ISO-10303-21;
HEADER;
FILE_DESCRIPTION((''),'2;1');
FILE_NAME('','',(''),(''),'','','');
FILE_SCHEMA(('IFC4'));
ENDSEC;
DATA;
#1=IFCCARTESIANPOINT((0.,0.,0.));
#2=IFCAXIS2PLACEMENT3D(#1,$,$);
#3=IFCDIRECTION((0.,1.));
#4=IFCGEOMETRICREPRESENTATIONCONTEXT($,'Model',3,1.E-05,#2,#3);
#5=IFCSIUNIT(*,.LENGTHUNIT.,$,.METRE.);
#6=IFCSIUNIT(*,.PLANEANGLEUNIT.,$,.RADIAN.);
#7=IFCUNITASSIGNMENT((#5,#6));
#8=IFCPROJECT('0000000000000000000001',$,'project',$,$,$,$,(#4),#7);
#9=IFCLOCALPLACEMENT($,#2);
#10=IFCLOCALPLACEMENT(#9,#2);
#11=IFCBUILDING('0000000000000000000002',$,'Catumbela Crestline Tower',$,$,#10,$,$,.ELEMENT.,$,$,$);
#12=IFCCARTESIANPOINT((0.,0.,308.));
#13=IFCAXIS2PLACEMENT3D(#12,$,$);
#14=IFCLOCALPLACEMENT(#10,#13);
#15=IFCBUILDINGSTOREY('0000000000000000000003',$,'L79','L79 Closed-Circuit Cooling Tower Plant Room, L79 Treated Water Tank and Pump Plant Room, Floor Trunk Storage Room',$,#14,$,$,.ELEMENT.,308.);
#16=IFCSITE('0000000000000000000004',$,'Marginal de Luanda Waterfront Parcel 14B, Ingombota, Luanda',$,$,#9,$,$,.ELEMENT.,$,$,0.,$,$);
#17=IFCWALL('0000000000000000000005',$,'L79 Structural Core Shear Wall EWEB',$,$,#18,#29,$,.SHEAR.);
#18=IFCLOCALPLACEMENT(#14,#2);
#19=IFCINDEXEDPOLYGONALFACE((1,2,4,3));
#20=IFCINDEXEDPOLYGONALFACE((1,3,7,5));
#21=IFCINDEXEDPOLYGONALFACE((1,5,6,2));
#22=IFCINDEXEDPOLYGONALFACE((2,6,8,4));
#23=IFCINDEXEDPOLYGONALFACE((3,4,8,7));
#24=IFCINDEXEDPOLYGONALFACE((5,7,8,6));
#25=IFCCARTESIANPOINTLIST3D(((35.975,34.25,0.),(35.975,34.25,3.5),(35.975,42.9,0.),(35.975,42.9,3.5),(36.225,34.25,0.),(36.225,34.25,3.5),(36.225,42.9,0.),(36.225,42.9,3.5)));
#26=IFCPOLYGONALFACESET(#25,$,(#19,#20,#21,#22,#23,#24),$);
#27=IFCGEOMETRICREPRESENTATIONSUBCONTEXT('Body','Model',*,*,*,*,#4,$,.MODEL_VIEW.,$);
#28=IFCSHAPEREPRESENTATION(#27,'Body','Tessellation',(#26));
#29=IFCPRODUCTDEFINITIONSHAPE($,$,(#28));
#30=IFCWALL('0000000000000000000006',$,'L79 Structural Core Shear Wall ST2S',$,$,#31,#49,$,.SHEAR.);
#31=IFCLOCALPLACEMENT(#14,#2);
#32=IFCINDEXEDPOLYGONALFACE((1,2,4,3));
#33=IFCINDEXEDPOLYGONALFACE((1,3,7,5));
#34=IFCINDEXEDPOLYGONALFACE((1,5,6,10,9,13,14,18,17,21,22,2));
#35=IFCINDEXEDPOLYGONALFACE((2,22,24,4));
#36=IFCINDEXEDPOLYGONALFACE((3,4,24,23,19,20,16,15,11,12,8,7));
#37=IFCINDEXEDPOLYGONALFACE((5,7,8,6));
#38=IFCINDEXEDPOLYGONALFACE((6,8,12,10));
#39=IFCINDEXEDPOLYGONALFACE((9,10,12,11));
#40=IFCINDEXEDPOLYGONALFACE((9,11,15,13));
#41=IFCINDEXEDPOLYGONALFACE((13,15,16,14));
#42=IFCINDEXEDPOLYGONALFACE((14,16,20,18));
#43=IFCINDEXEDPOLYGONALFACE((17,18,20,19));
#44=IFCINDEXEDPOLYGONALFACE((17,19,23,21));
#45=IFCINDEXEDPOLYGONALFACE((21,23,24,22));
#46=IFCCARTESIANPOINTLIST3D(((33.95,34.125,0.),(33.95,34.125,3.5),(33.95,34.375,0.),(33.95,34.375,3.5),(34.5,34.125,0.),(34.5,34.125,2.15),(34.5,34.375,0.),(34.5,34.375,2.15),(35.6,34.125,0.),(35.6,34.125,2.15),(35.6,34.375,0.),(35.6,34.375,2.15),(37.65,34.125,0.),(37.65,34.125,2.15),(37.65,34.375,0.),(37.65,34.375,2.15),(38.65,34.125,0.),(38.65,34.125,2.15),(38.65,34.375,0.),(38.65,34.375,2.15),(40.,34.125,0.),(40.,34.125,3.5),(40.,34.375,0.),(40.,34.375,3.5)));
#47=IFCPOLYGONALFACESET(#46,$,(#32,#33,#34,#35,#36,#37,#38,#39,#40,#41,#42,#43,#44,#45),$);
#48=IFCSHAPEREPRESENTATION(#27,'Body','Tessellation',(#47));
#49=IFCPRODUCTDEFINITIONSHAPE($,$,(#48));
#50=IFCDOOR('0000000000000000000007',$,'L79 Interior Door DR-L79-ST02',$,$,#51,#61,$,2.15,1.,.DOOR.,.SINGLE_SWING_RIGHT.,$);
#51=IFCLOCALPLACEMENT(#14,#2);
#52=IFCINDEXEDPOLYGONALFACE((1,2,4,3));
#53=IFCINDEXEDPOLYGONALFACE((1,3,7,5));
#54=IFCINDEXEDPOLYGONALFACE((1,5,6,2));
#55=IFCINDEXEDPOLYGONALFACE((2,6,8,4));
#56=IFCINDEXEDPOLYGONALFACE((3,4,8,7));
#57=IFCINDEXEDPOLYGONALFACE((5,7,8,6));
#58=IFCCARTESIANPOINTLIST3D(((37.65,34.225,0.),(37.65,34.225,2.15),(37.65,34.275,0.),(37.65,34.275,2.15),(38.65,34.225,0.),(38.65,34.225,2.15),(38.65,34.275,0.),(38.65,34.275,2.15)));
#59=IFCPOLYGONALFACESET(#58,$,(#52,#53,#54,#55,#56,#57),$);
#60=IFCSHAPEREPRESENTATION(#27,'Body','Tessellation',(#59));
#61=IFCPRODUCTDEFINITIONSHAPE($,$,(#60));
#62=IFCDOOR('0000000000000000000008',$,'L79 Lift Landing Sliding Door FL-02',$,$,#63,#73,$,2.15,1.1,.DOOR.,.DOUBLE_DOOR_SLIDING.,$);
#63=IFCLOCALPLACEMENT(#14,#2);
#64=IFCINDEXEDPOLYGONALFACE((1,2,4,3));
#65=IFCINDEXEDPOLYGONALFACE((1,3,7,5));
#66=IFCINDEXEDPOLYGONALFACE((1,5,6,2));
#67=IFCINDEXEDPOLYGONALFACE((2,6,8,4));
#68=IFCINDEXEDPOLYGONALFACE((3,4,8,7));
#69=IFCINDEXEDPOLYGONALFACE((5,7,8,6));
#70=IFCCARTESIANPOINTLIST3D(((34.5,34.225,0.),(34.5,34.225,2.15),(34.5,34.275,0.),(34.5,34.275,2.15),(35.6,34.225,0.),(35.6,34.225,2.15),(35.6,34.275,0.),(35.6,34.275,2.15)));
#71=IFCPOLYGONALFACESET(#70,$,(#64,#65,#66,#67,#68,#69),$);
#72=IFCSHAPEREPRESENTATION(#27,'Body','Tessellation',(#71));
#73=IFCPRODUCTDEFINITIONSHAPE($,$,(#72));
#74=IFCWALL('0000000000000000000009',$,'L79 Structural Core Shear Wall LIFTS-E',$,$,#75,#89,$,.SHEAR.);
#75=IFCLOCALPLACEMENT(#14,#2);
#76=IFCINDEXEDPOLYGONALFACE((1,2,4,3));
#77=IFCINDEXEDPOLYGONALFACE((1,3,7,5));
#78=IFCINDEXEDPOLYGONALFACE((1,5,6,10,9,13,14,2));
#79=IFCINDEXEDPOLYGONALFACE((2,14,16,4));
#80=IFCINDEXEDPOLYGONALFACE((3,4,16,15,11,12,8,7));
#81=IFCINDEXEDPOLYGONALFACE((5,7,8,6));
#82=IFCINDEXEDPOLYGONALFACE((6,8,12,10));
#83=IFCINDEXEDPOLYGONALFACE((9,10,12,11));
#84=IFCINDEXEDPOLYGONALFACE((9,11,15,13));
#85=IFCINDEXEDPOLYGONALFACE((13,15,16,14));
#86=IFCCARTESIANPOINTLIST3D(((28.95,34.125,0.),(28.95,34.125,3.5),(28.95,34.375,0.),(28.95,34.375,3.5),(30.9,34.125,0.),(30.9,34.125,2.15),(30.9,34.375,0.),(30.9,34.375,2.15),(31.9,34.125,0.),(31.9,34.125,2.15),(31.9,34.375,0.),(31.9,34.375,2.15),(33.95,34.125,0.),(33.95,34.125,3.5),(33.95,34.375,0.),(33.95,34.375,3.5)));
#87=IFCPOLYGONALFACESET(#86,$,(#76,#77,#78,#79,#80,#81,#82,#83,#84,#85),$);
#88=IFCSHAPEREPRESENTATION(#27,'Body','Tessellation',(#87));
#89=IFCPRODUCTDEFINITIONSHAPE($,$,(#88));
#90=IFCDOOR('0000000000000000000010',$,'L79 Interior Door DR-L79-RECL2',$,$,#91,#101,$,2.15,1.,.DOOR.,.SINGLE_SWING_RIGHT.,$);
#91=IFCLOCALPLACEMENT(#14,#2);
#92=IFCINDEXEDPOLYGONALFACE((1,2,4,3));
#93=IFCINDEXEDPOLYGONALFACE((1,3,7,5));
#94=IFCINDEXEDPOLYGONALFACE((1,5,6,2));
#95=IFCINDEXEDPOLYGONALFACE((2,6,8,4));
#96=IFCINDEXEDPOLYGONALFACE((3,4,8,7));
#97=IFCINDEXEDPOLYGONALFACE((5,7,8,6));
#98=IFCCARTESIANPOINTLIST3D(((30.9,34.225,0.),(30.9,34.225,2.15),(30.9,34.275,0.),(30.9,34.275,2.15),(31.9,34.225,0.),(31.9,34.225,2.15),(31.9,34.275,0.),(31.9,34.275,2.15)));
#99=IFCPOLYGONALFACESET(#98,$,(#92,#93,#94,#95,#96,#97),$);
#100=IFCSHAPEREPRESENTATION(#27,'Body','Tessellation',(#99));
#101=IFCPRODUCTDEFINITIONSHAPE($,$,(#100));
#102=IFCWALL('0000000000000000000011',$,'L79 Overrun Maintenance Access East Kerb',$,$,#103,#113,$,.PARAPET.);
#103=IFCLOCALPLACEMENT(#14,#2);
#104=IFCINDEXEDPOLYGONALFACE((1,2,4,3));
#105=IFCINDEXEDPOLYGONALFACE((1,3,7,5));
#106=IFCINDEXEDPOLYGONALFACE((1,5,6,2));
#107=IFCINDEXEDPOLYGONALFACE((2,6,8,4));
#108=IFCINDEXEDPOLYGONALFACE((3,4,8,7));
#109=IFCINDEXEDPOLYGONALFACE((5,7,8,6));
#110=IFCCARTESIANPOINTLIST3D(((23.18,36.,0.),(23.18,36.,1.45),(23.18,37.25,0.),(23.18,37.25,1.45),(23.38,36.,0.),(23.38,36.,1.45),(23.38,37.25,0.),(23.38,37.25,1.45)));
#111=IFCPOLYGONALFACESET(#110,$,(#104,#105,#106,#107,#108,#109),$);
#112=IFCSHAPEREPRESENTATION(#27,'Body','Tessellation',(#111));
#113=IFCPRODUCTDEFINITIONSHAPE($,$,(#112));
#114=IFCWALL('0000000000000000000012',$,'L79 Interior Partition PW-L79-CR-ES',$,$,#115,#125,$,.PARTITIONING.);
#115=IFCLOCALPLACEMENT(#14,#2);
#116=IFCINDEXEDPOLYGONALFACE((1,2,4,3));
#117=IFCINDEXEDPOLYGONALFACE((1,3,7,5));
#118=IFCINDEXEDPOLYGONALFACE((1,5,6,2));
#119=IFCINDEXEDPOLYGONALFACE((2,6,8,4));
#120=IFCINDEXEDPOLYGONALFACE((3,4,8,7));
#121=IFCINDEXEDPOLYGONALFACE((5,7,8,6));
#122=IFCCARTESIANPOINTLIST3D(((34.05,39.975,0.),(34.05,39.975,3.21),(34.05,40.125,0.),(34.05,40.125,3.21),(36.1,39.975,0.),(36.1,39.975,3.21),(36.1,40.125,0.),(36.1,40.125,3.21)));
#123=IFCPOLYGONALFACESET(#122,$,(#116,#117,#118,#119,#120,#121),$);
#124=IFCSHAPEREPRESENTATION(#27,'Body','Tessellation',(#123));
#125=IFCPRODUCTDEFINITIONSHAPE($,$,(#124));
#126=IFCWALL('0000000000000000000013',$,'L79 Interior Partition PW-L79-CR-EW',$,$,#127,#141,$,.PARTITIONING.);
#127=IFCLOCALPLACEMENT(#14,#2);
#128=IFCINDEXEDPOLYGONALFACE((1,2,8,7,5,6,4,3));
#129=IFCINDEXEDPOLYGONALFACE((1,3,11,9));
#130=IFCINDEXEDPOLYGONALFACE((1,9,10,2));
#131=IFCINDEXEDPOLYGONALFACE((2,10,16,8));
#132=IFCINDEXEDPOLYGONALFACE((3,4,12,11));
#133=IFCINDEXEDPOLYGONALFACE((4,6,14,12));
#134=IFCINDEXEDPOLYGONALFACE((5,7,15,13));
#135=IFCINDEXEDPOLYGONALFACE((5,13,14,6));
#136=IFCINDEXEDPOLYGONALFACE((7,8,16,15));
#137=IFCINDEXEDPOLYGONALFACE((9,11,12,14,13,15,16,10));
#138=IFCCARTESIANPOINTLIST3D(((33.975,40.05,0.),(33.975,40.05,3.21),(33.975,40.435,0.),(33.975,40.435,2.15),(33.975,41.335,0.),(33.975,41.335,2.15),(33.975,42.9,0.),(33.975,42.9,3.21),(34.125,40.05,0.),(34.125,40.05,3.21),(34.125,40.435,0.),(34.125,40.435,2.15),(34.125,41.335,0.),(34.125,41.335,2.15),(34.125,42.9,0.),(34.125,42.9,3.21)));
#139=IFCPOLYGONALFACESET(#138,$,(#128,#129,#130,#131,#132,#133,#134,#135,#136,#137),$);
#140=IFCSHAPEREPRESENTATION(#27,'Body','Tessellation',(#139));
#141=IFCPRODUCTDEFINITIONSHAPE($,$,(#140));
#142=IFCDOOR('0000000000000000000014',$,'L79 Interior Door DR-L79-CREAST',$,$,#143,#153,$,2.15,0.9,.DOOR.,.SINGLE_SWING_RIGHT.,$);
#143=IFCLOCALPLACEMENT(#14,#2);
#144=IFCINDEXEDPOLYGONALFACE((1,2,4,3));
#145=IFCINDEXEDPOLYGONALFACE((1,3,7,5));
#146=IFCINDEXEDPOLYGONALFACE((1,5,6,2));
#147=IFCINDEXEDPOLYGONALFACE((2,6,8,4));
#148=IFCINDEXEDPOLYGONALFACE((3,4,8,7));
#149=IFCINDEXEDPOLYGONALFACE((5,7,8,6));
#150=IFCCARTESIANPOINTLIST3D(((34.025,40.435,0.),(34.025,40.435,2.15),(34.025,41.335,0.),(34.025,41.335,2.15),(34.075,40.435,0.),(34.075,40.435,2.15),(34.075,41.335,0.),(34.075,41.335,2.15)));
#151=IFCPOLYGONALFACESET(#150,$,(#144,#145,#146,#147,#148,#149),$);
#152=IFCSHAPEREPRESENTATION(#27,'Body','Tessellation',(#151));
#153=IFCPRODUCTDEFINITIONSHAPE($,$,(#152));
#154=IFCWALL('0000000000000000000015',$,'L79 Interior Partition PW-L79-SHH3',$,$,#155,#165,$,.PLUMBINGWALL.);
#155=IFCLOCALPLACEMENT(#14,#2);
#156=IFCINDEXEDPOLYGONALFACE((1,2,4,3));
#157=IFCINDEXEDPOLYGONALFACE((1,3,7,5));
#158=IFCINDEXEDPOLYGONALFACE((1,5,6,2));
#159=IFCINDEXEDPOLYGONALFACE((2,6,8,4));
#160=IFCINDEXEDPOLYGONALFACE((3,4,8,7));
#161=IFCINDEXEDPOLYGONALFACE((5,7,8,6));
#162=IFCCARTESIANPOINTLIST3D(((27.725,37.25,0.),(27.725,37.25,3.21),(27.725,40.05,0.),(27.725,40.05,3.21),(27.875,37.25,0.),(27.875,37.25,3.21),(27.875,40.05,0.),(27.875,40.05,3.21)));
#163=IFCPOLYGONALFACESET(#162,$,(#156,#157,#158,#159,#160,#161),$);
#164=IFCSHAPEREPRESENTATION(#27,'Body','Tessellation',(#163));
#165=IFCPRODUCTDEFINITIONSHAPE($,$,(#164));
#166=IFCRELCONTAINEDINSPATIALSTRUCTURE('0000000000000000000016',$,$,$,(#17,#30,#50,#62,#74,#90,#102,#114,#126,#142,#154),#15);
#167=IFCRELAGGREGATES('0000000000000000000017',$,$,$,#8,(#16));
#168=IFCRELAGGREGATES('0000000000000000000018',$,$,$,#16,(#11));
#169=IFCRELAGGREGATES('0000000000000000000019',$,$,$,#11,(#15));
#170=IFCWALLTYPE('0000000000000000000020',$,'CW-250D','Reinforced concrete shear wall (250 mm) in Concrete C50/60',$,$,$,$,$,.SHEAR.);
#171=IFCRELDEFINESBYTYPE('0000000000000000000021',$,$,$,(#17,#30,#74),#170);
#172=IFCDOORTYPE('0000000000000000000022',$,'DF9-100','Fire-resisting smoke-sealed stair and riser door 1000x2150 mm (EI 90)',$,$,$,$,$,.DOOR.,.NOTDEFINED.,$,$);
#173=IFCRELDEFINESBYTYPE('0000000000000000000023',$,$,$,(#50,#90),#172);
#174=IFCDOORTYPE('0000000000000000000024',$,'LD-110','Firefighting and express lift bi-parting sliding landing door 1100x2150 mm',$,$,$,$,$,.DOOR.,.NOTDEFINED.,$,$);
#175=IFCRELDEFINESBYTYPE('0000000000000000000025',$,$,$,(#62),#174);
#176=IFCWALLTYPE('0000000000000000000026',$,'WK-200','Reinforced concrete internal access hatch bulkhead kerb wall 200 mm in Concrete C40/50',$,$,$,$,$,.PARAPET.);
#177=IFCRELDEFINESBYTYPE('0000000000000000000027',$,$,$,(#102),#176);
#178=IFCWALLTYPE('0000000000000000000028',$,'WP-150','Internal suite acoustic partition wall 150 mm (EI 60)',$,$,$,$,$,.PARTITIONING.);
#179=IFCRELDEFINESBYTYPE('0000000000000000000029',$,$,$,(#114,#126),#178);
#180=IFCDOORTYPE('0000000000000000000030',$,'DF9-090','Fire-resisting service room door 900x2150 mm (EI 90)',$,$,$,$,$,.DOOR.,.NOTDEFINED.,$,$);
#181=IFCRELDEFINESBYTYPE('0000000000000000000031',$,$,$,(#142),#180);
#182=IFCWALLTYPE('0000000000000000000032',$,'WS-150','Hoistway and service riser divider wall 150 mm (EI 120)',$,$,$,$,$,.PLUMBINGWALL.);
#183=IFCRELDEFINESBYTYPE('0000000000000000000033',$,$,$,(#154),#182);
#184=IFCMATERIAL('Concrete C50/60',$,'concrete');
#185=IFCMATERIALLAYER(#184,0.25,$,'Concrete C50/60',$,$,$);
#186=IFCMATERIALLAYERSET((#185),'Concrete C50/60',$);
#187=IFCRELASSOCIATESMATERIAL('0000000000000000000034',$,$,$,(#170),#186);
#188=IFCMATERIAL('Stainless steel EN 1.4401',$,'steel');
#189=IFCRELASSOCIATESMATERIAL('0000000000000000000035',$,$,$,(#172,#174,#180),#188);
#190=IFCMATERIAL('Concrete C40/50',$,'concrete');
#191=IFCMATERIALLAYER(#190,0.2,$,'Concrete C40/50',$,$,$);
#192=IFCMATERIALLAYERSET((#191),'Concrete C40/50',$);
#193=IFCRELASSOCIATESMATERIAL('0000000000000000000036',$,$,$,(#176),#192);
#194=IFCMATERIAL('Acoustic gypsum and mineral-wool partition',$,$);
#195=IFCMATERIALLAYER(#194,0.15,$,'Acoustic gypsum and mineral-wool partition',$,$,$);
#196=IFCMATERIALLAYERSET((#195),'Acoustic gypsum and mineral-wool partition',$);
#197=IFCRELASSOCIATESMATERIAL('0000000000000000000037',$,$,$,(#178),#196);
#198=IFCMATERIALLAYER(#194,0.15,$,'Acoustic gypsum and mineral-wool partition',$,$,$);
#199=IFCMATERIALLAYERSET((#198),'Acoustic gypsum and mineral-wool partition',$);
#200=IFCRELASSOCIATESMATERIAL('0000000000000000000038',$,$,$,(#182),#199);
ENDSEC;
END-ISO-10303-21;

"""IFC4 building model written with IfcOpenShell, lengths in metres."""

from ifc_helpers import new_model, si_unit, direction, frame, frame_2d, origin, place, context, subcontext, project, spatial, rectangle, extrude, material, layer, layer_set, type_object, element, fill, save


model = new_model("IFC4")

# Units and contexts
model_context = context("Model", 3, precision=1e-05, world=origin(), true_north=direction((0.0, 1.0)))
body_context = subcontext(model_context, "Body", "Model", "MODEL_VIEW")
ifc_project = project(units=[si_unit("LENGTHUNIT", "METRE"), si_unit("PLANEANGLEUNIT", "RADIAN")], contexts=[model_context])

# Site, building, storey
site_placement = place(None, origin())
site = spatial("IfcSite", under=ifc_project, at=site_placement, Name="Marginal de Luanda Waterfront Parcel 14B, Ingombota, Luanda", CompositionType="ELEMENT", RefElevation=0.0)
building_placement = place(site_placement, origin())
building = spatial("IfcBuilding", under=site, at=building_placement, Name="Catumbela Crestline Tower", CompositionType="ELEMENT")
storey_placement = place(building_placement, frame((0.0, 0.0, 308.0)))
storey = spatial("IfcBuildingStorey", under=building, at=storey_placement, Name="L79", Description="L79 Closed-Circuit Cooling Tower Plant Room, L79 Treated Water Tank and Pump Plant Room, Floor Trunk Storage Room", CompositionType="ELEMENT", Elevation=308.0)

# Wall
ifc_material_1 = material(Name="Concrete C50/60", Category="concrete")
ifc_layer_1 = layer(ifc_material_1, 0.25, Name="Concrete C50/60")
ifc_layer_set_1 = layer_set([ifc_layer_1], Name="Concrete C50/60")
wall_type_1 = type_object("IfcWallType", Name="CW-250D", Description="Reinforced concrete shear wall (250 mm) in Concrete C50/60", PredefinedType="SHEAR", material=ifc_layer_set_1)
wall_1_placement = place(storey_placement, frame((36.1, 34.25, 0.0), z_axis=(0.0, 0.0, 1.0), x_axis=(0.0, 1.0, 0.0)))
element("IfcWall", 1, at=wall_1_placement, inside=storey, type_object=wall_type_1, Name="L79 Structural Core Shear Wall EWEB", PredefinedType="SHEAR", context=body_context, shape_type="SweptSolid", body=[
    extrude(rectangle(XDim=8.65, YDim=0.25, at=frame_2d((4.325, 0.0))), origin(), (0.0, 0.0, 1.0), 3.5),
])

# Wall, openings, doors
wall_2_placement = place(storey_placement, frame((33.95, 34.25, 0.0), z_axis=(0.0, 0.0, 1.0), x_axis=(1.0, 0.0, 0.0)))
wall_2 = element("IfcWall", 2, at=wall_2_placement, inside=storey, type_object=wall_type_1, Name="L79 Structural Core Shear Wall ST2S", PredefinedType="SHEAR", context=body_context, shape_type="SweptSolid", body=[
    extrude(rectangle(XDim=6.05, YDim=0.25, at=frame_2d((3.025, 0.0))), origin(), (0.0, 0.0, 1.0), 3.5),
])
opening_1_placement = place(wall_2_placement, frame((3.7, 0.0, 0.0)))
opening_1 = element("IfcOpeningElement", 3, at=opening_1_placement, cuts=wall_2, PredefinedType="OPENING", context=body_context, shape_type="SweptSolid", body=[
    extrude(rectangle(XDim=1.0, YDim=2.15, at=frame_2d((0.5, 1.075))), frame((0.0, 0.135, 0.0), z_axis=(0.0, -1.0, 0.0), x_axis=(1.0, 0.0, 0.0)), (0.0, 0.0, 1.0), 0.27),
])
opening_2_placement = place(wall_2_placement, frame((0.55, 0.0, 0.0)))
opening_2 = element("IfcOpeningElement", 4, at=opening_2_placement, cuts=wall_2, PredefinedType="OPENING", context=body_context, shape_type="SweptSolid", body=[
    extrude(rectangle(XDim=1.1, YDim=2.15, at=frame_2d((0.55, 1.075))), frame((0.0, 0.135, 0.0), z_axis=(0.0, -1.0, 0.0), x_axis=(1.0, 0.0, 0.0)), (0.0, 0.0, 1.0), 0.27),
])
ifc_material_2 = material(Name="Stainless steel EN 1.4401", Category="steel")
door_type_1 = type_object("IfcDoorType", Name="DF9-100", Description="Fire-resisting smoke-sealed stair and riser door 1000x2150 mm (EI 90)", OperationType="NOTDEFINED", PredefinedType="DOOR", material=ifc_material_2)
door_1_placement = place(opening_1_placement, origin())
door_1 = element("IfcDoor", 5, at=door_1_placement, inside=storey, type_object=door_type_1, Name="L79 Interior Door DR-L79-ST02", OperationType="SINGLE_SWING_RIGHT", OverallHeight=2.15, OverallWidth=1.0, PredefinedType="DOOR", context=body_context, shape_type="SweptSolid", body=[
    extrude(rectangle(XDim=1.0, YDim=2.15, at=frame_2d((0.5, 1.075))), frame((0.0, 0.025, 0.0), z_axis=(0.0, -1.0, 0.0), x_axis=(1.0, 0.0, 0.0)), (0.0, 0.0, 1.0), 0.05),
])
fill(opening_1, door_1)
door_type_2 = type_object("IfcDoorType", Name="LD-110", Description="Firefighting and express lift bi-parting sliding landing door 1100x2150 mm", OperationType="NOTDEFINED", PredefinedType="DOOR", material=ifc_material_2)
door_2_placement = place(opening_2_placement, origin())
door_2 = element("IfcDoor", 6, at=door_2_placement, inside=storey, type_object=door_type_2, Name="L79 Lift Landing Sliding Door FL-02", OperationType="DOUBLE_DOOR_SLIDING", OverallHeight=2.15, OverallWidth=1.1, PredefinedType="DOOR", context=body_context, shape_type="SweptSolid", body=[
    extrude(rectangle(XDim=1.1, YDim=2.15, at=frame_2d((0.55, 1.075))), frame((0.0, 0.025, 0.0), z_axis=(0.0, -1.0, 0.0), x_axis=(1.0, 0.0, 0.0)), (0.0, 0.0, 1.0), 0.05),
])
fill(opening_2, door_2)

# Wall, opening, door
wall_3_placement = place(storey_placement, frame((28.95, 34.25, 0.0), z_axis=(0.0, 0.0, 1.0), x_axis=(1.0, 0.0, 0.0)))
wall_3 = element("IfcWall", 7, at=wall_3_placement, inside=storey, type_object=wall_type_1, Name="L79 Structural Core Shear Wall LIFTS-E", PredefinedType="SHEAR", context=body_context, shape_type="SweptSolid", body=[
    extrude(rectangle(XDim=5.0, YDim=0.25, at=frame_2d((2.5, 0.0))), origin(), (0.0, 0.0, 1.0), 3.5),
])
opening_3_placement = place(wall_3_placement, frame((1.95, 0.0, 0.0)))
opening_3 = element("IfcOpeningElement", 8, at=opening_3_placement, cuts=wall_3, PredefinedType="OPENING", context=body_context, shape_type="SweptSolid", body=[
    extrude(rectangle(XDim=1.0, YDim=2.15, at=frame_2d((0.5, 1.075))), frame((0.0, 0.135, 0.0), z_axis=(0.0, -1.0, 0.0), x_axis=(1.0, 0.0, 0.0)), (0.0, 0.0, 1.0), 0.27),
])
door_3_placement = place(opening_3_placement, origin())
door_3 = element("IfcDoor", 9, at=door_3_placement, inside=storey, type_object=door_type_1, Name="L79 Interior Door DR-L79-RECL2", OperationType="SINGLE_SWING_RIGHT", OverallHeight=2.15, OverallWidth=1.0, PredefinedType="DOOR", context=body_context, shape_type="SweptSolid", body=[
    extrude(rectangle(XDim=1.0, YDim=2.15, at=frame_2d((0.5, 1.075))), frame((0.0, 0.025, 0.0), z_axis=(0.0, -1.0, 0.0), x_axis=(1.0, 0.0, 0.0)), (0.0, 0.0, 1.0), 0.05),
])
fill(opening_3, door_3)

# Walls
ifc_material_3 = material(Name="Concrete C40/50", Category="concrete")
ifc_layer_2 = layer(ifc_material_3, 0.2, Name="Concrete C40/50")
ifc_layer_set_2 = layer_set([ifc_layer_2], Name="Concrete C40/50")
wall_type_2 = type_object("IfcWallType", Name="WK-200", Description="Reinforced concrete internal access hatch bulkhead kerb wall 200 mm in Concrete C40/50", PredefinedType="PARAPET", material=ifc_layer_set_2)
wall_4_placement = place(storey_placement, frame((23.28, 36.0, 0.0), z_axis=(0.0, 0.0, 1.0), x_axis=(0.0, 1.0, 0.0)))
element("IfcWall", 10, at=wall_4_placement, inside=storey, type_object=wall_type_2, Name="L79 Overrun Maintenance Access East Kerb", PredefinedType="PARAPET", context=body_context, shape_type="SweptSolid", body=[
    extrude(rectangle(XDim=1.25, YDim=0.2, at=frame_2d((0.625, 0.0))), origin(), (0.0, 0.0, 1.0), 1.45),
])
ifc_material_4 = material(Name="Acoustic gypsum and mineral-wool partition")
ifc_layer_3 = layer(ifc_material_4, 0.15, Name="Acoustic gypsum and mineral-wool partition")
ifc_layer_set_3 = layer_set([ifc_layer_3], Name="Acoustic gypsum and mineral-wool partition")
wall_type_3 = type_object("IfcWallType", Name="WP-150", Description="Internal suite acoustic partition wall 150 mm (EI 60)", PredefinedType="PARTITIONING", material=ifc_layer_set_3)
wall_5_placement = place(storey_placement, frame((34.05, 40.05, 0.0), z_axis=(0.0, 0.0, 1.0), x_axis=(1.0, 0.0, 0.0)))
element("IfcWall", 11, at=wall_5_placement, inside=storey, type_object=wall_type_3, Name="L79 Interior Partition PW-L79-CR-ES", PredefinedType="PARTITIONING", context=body_context, shape_type="SweptSolid", body=[
    extrude(rectangle(XDim=2.05, YDim=0.15, at=frame_2d((1.025, 0.0))), origin(), (0.0, 0.0, 1.0), 3.21),
])

# Wall, opening, door
wall_6_placement = place(storey_placement, frame((34.05, 40.05, 0.0), z_axis=(0.0, 0.0, 1.0), x_axis=(0.0, 1.0, 0.0)))
wall_6 = element("IfcWall", 12, at=wall_6_placement, inside=storey, type_object=wall_type_3, Name="L79 Interior Partition PW-L79-CR-EW", PredefinedType="PARTITIONING", context=body_context, shape_type="SweptSolid", body=[
    extrude(rectangle(XDim=2.85, YDim=0.15, at=frame_2d((1.425, 0.0))), origin(), (0.0, 0.0, 1.0), 3.21),
])
opening_4_placement = place(wall_6_placement, frame((0.385, 0.0, 0.0)))
opening_4 = element("IfcOpeningElement", 13, at=opening_4_placement, cuts=wall_6, PredefinedType="OPENING", context=body_context, shape_type="SweptSolid", body=[
    extrude(rectangle(XDim=0.9, YDim=2.15, at=frame_2d((0.45, 1.075))), frame((0.0, 0.085, 0.0), z_axis=(0.0, -1.0, 0.0), x_axis=(1.0, 0.0, 0.0)), (0.0, 0.0, 1.0), 0.17),
])
door_type_3 = type_object("IfcDoorType", Name="DF9-090", Description="Fire-resisting service room door 900x2150 mm (EI 90)", OperationType="NOTDEFINED", PredefinedType="DOOR", material=ifc_material_2)
door_4_placement = place(opening_4_placement, origin())
door_4 = element("IfcDoor", 14, at=door_4_placement, inside=storey, type_object=door_type_3, Name="L79 Interior Door DR-L79-CREAST", OperationType="SINGLE_SWING_RIGHT", OverallHeight=2.15, OverallWidth=0.9, PredefinedType="DOOR", context=body_context, shape_type="SweptSolid", body=[
    extrude(rectangle(XDim=0.9, YDim=2.15, at=frame_2d((0.45, 1.075))), frame((0.0, 0.025, 0.0), z_axis=(0.0, -1.0, 0.0), x_axis=(1.0, 0.0, 0.0)), (0.0, 0.0, 1.0), 0.05),
])
fill(opening_4, door_4)

# Wall
ifc_layer_4 = layer(ifc_material_4, 0.15, Name="Acoustic gypsum and mineral-wool partition")
ifc_layer_set_4 = layer_set([ifc_layer_4], Name="Acoustic gypsum and mineral-wool partition")
wall_type_4 = type_object("IfcWallType", Name="WS-150", Description="Hoistway and service riser divider wall 150 mm (EI 120)", PredefinedType="PLUMBINGWALL", material=ifc_layer_set_4)
wall_7_placement = place(storey_placement, frame((27.8, 37.25, 0.0), z_axis=(0.0, 0.0, 1.0), x_axis=(0.0, 1.0, 0.0)))
element("IfcWall", 15, at=wall_7_placement, inside=storey, type_object=wall_type_4, Name="L79 Interior Partition PW-L79-SHH3", PredefinedType="PLUMBINGWALL", context=body_context, shape_type="SweptSolid", body=[
    extrude(rectangle(XDim=2.8, YDim=0.15, at=frame_2d((1.4, 0.0))), origin(), (0.0, 0.0, 1.0), 3.21),
])

save(model, "model.ifc")
